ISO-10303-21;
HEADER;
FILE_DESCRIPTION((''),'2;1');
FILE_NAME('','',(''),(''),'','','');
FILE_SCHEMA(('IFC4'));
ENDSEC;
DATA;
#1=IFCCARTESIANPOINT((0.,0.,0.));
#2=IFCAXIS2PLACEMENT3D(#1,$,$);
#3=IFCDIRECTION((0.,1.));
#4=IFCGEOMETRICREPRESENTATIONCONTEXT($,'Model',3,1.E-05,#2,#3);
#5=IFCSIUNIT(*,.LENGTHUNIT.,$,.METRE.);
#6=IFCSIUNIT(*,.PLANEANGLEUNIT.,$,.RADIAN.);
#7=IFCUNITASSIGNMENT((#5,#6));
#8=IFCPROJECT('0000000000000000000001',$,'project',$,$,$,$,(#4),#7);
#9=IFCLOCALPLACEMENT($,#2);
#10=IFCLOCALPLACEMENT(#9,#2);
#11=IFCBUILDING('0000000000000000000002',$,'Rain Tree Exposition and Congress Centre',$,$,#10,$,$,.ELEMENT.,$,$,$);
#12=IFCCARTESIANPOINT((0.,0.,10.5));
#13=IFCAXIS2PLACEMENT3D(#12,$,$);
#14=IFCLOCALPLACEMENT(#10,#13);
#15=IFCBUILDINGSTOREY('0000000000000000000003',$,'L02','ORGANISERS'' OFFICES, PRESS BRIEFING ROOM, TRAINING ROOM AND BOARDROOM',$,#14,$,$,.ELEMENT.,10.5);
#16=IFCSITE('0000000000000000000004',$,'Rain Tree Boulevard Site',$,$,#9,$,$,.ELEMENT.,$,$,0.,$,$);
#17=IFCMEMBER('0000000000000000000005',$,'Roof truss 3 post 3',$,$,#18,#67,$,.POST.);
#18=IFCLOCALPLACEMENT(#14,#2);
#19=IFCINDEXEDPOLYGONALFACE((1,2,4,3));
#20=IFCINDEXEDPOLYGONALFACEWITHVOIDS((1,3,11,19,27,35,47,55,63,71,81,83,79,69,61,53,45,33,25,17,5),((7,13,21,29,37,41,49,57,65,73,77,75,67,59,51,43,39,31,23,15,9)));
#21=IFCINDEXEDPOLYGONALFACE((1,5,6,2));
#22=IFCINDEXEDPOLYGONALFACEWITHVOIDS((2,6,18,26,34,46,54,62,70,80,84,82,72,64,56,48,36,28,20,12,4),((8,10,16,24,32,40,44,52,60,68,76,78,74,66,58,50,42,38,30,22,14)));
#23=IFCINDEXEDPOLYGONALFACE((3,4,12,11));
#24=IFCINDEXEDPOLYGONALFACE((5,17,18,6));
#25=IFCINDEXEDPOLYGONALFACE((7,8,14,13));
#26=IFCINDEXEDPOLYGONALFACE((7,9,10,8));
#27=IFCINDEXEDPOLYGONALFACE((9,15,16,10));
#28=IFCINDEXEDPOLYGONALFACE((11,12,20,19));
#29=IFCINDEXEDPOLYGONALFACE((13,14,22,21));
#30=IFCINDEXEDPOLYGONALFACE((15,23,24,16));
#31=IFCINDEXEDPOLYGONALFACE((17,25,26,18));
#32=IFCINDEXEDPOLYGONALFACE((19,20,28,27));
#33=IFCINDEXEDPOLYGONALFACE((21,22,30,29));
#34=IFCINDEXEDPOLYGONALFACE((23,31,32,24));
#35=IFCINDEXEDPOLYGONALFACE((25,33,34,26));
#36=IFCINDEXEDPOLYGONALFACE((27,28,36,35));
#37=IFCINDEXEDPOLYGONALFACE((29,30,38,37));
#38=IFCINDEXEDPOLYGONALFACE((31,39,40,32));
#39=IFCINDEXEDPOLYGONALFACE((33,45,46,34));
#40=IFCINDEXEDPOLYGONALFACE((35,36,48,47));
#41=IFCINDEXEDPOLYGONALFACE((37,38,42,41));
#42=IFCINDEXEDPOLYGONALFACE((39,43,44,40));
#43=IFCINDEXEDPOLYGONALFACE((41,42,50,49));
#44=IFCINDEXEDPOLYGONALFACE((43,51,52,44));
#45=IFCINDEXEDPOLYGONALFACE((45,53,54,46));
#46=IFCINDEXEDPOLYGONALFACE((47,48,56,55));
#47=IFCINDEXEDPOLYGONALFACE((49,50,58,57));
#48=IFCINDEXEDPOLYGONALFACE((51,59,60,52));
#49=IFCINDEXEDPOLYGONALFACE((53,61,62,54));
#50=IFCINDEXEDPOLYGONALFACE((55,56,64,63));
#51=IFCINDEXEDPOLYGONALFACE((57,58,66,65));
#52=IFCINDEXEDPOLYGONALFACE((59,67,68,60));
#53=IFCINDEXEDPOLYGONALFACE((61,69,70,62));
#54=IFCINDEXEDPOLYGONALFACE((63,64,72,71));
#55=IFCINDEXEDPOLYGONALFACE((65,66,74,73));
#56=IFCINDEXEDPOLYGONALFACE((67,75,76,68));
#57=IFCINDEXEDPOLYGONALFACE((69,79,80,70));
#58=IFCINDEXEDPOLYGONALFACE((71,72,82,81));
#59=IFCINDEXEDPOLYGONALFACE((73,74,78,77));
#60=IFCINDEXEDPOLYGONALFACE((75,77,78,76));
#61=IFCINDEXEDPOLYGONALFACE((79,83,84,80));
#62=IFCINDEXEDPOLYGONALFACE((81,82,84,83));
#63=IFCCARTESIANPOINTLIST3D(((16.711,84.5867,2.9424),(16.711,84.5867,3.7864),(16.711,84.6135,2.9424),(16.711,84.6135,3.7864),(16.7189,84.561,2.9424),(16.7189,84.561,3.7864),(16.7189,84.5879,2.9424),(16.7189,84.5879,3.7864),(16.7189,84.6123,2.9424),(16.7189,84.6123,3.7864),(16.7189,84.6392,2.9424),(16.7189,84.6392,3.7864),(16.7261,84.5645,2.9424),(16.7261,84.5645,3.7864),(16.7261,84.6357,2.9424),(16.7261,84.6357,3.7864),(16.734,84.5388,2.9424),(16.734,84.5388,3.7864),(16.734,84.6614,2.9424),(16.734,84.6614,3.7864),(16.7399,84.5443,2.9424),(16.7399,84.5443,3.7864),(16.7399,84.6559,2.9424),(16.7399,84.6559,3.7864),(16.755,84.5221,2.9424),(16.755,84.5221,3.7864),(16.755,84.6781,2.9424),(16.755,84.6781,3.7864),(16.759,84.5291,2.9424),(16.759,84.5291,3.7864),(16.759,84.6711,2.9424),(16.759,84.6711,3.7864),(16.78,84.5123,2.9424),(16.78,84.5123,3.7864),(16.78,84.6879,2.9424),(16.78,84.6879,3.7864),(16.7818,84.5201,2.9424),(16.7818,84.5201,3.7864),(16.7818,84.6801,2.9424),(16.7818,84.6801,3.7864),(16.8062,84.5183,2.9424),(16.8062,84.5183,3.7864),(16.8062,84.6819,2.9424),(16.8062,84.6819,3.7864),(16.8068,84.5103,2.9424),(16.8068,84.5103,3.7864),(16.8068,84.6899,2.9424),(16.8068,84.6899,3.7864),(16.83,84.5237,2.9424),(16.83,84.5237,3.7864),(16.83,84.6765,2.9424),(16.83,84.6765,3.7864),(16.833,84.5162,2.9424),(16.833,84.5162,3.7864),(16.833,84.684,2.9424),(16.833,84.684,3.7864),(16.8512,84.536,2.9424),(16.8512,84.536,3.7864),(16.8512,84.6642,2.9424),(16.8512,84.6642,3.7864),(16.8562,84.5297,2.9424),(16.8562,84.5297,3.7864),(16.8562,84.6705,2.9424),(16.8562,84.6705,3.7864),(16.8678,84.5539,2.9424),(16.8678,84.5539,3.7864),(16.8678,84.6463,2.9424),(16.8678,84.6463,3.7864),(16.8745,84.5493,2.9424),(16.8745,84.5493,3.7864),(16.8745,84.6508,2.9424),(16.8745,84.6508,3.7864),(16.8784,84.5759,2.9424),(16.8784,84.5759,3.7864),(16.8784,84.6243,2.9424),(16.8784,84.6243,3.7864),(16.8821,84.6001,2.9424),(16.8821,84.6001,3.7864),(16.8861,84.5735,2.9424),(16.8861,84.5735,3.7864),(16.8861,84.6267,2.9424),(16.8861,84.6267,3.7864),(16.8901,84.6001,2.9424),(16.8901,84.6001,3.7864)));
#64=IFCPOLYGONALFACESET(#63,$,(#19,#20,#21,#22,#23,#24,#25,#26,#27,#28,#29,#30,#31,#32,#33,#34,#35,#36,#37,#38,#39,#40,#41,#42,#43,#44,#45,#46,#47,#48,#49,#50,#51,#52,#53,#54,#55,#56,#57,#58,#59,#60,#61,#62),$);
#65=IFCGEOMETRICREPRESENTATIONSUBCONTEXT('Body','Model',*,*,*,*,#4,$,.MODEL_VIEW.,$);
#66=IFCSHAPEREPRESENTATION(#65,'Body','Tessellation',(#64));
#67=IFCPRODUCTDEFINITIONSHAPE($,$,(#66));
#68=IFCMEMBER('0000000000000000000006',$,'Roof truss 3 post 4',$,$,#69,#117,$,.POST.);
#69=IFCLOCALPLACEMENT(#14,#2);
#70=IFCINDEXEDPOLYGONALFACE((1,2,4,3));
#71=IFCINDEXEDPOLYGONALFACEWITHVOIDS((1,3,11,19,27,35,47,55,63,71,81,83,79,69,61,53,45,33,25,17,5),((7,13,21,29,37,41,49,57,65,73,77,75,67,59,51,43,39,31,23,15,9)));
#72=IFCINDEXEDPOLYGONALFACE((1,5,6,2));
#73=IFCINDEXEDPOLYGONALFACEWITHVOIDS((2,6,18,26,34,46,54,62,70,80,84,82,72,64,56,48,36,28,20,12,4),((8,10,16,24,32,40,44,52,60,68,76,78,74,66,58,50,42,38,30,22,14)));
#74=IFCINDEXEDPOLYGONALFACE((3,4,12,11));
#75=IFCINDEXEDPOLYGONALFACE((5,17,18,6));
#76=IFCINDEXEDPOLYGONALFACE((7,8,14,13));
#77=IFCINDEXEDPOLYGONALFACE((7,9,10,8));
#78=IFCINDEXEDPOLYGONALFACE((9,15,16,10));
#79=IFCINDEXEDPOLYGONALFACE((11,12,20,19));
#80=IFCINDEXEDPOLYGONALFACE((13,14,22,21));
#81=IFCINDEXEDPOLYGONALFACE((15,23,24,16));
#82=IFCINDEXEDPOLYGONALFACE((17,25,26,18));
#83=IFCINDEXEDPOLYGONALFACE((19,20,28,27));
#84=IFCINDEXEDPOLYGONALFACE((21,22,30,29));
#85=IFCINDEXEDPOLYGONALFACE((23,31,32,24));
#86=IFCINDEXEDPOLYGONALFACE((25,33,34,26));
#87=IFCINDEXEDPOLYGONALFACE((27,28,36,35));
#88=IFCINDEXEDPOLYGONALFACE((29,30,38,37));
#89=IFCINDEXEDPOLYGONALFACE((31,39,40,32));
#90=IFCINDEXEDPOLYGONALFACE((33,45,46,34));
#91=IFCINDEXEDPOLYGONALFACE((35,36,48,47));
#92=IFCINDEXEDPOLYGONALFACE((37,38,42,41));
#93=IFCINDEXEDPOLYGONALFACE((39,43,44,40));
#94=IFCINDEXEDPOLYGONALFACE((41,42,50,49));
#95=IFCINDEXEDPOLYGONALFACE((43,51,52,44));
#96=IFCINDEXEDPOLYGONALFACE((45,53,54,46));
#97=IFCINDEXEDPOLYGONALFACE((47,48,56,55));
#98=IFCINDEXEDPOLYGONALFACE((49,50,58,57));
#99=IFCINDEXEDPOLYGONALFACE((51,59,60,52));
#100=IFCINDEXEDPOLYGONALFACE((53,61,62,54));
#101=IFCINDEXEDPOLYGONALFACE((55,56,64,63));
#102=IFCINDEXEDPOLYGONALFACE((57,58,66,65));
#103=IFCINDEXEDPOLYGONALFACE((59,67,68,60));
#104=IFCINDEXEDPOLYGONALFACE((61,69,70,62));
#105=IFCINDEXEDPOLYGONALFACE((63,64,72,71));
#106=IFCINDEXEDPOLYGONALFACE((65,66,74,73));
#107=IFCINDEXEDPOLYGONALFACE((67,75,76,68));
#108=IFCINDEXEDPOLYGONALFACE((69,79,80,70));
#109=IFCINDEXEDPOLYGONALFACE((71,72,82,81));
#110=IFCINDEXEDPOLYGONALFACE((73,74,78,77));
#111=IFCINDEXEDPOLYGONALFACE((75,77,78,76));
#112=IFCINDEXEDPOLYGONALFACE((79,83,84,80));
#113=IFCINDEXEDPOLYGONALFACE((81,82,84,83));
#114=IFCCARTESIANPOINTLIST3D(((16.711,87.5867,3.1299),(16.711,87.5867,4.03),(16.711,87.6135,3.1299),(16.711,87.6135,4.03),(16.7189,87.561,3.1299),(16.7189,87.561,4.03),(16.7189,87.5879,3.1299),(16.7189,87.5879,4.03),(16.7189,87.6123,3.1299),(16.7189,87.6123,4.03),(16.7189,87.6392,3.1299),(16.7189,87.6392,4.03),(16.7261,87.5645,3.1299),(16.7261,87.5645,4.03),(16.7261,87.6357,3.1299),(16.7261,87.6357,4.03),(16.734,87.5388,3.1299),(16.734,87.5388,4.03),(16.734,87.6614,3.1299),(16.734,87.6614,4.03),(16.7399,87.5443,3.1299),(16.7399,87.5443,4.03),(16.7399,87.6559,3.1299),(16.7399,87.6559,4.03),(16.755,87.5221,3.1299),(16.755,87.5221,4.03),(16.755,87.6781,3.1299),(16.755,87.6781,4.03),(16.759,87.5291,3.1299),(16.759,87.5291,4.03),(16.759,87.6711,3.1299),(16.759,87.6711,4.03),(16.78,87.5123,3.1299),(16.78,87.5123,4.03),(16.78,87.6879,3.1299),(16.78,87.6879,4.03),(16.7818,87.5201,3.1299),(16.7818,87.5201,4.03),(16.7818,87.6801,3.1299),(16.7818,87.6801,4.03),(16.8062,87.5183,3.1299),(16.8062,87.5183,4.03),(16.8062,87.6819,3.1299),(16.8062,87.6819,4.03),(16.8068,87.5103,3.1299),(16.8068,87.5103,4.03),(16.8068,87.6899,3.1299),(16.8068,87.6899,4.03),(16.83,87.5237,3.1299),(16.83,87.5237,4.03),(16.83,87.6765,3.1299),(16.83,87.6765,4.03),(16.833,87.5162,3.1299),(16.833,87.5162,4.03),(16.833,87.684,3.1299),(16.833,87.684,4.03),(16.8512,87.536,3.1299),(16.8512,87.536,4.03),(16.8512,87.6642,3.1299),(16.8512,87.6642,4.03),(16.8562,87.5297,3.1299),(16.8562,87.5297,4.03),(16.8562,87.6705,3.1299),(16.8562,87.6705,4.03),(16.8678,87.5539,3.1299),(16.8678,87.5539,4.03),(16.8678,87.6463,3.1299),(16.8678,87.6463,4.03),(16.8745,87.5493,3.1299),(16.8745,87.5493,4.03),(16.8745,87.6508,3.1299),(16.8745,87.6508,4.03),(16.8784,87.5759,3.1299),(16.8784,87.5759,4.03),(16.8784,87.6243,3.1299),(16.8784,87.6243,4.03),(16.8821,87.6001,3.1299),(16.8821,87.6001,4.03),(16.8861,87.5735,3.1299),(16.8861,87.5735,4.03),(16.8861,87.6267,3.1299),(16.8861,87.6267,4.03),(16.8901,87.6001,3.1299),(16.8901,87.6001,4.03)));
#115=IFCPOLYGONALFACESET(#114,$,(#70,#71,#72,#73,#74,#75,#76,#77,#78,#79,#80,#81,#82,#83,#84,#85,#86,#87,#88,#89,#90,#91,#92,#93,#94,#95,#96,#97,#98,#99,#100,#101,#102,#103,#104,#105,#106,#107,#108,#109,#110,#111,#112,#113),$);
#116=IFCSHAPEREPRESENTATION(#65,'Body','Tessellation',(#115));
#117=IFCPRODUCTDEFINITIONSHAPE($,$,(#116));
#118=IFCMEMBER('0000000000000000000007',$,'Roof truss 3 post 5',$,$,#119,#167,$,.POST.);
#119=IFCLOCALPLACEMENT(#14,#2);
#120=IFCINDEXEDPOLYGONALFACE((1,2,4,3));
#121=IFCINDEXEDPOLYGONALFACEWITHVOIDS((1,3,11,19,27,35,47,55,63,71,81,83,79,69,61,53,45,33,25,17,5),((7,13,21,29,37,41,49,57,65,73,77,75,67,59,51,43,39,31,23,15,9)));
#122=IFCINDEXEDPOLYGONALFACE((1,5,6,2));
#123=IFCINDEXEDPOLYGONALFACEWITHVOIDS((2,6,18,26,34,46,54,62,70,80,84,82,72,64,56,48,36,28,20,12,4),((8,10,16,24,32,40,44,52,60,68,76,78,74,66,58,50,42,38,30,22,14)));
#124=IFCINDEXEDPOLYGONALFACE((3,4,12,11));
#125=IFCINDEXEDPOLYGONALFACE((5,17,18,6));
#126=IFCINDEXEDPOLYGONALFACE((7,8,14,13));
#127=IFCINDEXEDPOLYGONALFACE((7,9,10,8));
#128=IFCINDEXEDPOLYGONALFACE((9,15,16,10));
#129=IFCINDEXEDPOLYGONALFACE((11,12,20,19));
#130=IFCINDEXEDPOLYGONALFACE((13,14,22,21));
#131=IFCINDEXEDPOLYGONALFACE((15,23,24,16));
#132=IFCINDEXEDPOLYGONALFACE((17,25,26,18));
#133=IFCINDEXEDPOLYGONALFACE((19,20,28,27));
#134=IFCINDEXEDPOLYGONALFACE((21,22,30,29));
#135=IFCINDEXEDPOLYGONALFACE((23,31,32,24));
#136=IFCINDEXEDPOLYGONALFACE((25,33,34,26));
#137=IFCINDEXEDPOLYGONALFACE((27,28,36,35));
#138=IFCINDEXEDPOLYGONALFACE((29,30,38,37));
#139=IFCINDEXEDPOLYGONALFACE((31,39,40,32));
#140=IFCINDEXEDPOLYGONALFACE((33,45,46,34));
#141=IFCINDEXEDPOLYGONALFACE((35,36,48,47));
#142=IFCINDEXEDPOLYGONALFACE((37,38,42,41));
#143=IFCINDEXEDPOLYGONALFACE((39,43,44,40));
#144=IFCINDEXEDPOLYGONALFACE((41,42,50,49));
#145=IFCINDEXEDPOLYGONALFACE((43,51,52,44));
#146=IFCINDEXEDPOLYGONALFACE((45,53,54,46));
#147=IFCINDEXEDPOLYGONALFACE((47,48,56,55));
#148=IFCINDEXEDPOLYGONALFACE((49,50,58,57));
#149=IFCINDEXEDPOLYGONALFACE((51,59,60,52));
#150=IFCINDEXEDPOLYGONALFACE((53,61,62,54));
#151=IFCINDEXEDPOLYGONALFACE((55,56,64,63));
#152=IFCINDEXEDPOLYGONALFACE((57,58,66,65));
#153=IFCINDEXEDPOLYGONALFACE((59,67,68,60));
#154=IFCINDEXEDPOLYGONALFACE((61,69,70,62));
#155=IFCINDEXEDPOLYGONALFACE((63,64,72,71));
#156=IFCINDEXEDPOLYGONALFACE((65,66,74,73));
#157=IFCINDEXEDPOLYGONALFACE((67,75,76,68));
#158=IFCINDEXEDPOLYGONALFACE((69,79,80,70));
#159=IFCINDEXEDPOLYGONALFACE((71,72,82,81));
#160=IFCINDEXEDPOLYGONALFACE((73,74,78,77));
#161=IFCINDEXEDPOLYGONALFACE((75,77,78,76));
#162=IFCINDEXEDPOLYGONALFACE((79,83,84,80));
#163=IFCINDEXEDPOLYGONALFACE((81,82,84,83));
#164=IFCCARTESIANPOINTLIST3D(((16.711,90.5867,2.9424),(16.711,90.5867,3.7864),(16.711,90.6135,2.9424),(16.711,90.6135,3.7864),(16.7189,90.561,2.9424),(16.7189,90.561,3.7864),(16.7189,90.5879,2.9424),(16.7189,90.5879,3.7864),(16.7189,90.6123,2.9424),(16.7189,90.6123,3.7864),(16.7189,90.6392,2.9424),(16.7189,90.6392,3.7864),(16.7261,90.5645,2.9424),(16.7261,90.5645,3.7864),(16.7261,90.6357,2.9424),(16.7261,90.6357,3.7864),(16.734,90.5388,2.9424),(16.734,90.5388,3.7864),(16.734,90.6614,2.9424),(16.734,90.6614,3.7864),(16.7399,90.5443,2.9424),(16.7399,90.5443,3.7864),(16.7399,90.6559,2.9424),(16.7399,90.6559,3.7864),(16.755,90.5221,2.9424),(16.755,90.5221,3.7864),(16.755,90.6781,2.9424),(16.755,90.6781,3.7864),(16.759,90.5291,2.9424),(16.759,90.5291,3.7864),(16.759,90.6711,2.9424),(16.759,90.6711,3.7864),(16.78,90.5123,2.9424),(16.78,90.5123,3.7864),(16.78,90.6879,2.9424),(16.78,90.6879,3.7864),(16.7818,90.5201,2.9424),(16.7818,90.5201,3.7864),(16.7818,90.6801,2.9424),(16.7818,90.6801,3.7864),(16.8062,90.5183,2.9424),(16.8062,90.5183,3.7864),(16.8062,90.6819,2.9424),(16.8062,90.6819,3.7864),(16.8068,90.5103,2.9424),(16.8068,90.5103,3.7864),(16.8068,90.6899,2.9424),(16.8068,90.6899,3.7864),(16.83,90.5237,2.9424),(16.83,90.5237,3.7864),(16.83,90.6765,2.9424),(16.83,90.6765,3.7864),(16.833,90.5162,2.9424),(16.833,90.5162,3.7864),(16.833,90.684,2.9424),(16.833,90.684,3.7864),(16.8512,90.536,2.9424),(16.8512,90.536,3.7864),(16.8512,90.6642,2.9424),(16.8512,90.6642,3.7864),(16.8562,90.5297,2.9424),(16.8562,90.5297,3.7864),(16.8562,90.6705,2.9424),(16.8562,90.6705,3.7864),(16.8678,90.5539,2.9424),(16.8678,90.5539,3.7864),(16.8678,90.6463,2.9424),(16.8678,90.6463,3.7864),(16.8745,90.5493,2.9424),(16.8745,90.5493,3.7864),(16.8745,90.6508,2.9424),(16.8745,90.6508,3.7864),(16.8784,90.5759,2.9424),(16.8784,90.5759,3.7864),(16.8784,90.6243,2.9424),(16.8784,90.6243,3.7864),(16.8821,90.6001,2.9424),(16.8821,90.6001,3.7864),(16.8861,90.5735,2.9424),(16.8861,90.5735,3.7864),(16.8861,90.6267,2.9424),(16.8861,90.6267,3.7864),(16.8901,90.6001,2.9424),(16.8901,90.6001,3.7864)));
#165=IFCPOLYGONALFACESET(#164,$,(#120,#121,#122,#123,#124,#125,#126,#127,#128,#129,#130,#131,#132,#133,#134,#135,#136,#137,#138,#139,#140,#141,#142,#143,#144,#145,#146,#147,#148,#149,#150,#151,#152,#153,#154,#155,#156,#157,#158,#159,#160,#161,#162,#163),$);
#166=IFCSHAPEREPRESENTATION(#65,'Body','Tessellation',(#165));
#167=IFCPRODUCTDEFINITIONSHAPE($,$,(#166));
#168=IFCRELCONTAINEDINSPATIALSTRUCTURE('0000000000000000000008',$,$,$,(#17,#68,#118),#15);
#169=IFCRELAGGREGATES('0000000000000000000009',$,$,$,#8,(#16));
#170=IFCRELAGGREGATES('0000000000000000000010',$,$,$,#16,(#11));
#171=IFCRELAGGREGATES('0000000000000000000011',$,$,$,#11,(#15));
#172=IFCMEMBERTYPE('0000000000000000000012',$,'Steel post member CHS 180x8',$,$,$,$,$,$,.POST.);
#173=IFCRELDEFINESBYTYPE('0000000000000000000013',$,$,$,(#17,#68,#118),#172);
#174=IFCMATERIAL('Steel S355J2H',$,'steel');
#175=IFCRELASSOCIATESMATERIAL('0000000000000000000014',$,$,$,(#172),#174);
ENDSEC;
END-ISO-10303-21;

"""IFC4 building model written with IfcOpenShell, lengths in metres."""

from ifc_helpers import new_model, si_unit, direction, frame, origin, origin_2d, place, context, subcontext, project, spatial, hollow_circle, extrude, material, material_profile, profile_set, type_object, element, save


model = new_model("IFC4")

# Units and contexts
model_context = context("Model", 3, precision=1e-05, world=origin(), true_north=direction((0.0, 1.0)))
body_context = subcontext(model_context, "Body", "Model", "MODEL_VIEW")
ifc_project = project(units=[si_unit("LENGTHUNIT", "METRE"), si_unit("PLANEANGLEUNIT", "RADIAN")], contexts=[model_context])

# Site, building, storey
site_placement = place(None, origin())
site = spatial("IfcSite", under=ifc_project, at=site_placement, Name="Rain Tree Boulevard Site", CompositionType="ELEMENT", RefElevation=0.0)
building_placement = place(site_placement, origin())
building = spatial("IfcBuilding", under=site, at=building_placement, Name="Rain Tree Exposition and Congress Centre", CompositionType="ELEMENT")
storey_placement = place(building_placement, frame((0.0, 0.0, 10.5)))
storey = spatial("IfcBuildingStorey", under=building, at=storey_placement, Name="L02", Description="ORGANISERS' OFFICES, PRESS BRIEFING ROOM, TRAINING ROOM AND BOARDROOM", CompositionType="ELEMENT", Elevation=10.5)

# Members
ifc_material_1 = material(Name="Steel S355J2H", Category="steel")
ifc_material_profile_1 = material_profile(ifc_material_1, hollow_circle(Radius=0.0901, WallThickness=0.0081, at=origin_2d()), Name="CHS 180x8")
ifc_profile_set_1 = profile_set([ifc_material_profile_1], Name="Steel S355J2H")
member_type_1 = type_object("IfcMemberType", Name="Steel post member CHS 180x8", PredefinedType="POST", material=ifc_profile_set_1)
member_1_placement = place(storey_placement, frame((16.8, 84.6001, 2.9424), z_axis=(0.0, 0.0, 1.0), x_axis=(1.0, 0.0, 0.0)))
element("IfcMember", 1, at=member_1_placement, inside=storey, type_object=member_type_1, Name="Roof truss 3 post 3", PredefinedType="POST", context=body_context, shape_type="SweptSolid", body=[
    extrude(hollow_circle(Radius=0.0901, WallThickness=0.0081, at=origin_2d()), origin(), (0.0, 0.0, 1.0), 0.844),
])
member_2_placement = place(storey_placement, frame((16.8, 87.6001, 3.1299), z_axis=(0.0, 0.0, 1.0), x_axis=(1.0, 0.0, 0.0)))
element("IfcMember", 2, at=member_2_placement, inside=storey, type_object=member_type_1, Name="Roof truss 3 post 4", PredefinedType="POST", context=body_context, shape_type="SweptSolid", body=[
    extrude(hollow_circle(Radius=0.0901, WallThickness=0.0081, at=origin_2d()), origin(), (0.0, 0.0, 1.0), 0.9001),
])
member_3_placement = place(storey_placement, frame((16.8, 90.6001, 2.9424), z_axis=(0.0, 0.0, 1.0), x_axis=(1.0, 0.0, 0.0)))
element("IfcMember", 3, at=member_3_placement, inside=storey, type_object=member_type_1, Name="Roof truss 3 post 5", PredefinedType="POST", context=body_context, shape_type="SweptSolid", body=[
    extrude(hollow_circle(Radius=0.0901, WallThickness=0.0081, at=origin_2d()), origin(), (0.0, 0.0, 1.0), 0.844),
])

save(model, "model.ifc")
